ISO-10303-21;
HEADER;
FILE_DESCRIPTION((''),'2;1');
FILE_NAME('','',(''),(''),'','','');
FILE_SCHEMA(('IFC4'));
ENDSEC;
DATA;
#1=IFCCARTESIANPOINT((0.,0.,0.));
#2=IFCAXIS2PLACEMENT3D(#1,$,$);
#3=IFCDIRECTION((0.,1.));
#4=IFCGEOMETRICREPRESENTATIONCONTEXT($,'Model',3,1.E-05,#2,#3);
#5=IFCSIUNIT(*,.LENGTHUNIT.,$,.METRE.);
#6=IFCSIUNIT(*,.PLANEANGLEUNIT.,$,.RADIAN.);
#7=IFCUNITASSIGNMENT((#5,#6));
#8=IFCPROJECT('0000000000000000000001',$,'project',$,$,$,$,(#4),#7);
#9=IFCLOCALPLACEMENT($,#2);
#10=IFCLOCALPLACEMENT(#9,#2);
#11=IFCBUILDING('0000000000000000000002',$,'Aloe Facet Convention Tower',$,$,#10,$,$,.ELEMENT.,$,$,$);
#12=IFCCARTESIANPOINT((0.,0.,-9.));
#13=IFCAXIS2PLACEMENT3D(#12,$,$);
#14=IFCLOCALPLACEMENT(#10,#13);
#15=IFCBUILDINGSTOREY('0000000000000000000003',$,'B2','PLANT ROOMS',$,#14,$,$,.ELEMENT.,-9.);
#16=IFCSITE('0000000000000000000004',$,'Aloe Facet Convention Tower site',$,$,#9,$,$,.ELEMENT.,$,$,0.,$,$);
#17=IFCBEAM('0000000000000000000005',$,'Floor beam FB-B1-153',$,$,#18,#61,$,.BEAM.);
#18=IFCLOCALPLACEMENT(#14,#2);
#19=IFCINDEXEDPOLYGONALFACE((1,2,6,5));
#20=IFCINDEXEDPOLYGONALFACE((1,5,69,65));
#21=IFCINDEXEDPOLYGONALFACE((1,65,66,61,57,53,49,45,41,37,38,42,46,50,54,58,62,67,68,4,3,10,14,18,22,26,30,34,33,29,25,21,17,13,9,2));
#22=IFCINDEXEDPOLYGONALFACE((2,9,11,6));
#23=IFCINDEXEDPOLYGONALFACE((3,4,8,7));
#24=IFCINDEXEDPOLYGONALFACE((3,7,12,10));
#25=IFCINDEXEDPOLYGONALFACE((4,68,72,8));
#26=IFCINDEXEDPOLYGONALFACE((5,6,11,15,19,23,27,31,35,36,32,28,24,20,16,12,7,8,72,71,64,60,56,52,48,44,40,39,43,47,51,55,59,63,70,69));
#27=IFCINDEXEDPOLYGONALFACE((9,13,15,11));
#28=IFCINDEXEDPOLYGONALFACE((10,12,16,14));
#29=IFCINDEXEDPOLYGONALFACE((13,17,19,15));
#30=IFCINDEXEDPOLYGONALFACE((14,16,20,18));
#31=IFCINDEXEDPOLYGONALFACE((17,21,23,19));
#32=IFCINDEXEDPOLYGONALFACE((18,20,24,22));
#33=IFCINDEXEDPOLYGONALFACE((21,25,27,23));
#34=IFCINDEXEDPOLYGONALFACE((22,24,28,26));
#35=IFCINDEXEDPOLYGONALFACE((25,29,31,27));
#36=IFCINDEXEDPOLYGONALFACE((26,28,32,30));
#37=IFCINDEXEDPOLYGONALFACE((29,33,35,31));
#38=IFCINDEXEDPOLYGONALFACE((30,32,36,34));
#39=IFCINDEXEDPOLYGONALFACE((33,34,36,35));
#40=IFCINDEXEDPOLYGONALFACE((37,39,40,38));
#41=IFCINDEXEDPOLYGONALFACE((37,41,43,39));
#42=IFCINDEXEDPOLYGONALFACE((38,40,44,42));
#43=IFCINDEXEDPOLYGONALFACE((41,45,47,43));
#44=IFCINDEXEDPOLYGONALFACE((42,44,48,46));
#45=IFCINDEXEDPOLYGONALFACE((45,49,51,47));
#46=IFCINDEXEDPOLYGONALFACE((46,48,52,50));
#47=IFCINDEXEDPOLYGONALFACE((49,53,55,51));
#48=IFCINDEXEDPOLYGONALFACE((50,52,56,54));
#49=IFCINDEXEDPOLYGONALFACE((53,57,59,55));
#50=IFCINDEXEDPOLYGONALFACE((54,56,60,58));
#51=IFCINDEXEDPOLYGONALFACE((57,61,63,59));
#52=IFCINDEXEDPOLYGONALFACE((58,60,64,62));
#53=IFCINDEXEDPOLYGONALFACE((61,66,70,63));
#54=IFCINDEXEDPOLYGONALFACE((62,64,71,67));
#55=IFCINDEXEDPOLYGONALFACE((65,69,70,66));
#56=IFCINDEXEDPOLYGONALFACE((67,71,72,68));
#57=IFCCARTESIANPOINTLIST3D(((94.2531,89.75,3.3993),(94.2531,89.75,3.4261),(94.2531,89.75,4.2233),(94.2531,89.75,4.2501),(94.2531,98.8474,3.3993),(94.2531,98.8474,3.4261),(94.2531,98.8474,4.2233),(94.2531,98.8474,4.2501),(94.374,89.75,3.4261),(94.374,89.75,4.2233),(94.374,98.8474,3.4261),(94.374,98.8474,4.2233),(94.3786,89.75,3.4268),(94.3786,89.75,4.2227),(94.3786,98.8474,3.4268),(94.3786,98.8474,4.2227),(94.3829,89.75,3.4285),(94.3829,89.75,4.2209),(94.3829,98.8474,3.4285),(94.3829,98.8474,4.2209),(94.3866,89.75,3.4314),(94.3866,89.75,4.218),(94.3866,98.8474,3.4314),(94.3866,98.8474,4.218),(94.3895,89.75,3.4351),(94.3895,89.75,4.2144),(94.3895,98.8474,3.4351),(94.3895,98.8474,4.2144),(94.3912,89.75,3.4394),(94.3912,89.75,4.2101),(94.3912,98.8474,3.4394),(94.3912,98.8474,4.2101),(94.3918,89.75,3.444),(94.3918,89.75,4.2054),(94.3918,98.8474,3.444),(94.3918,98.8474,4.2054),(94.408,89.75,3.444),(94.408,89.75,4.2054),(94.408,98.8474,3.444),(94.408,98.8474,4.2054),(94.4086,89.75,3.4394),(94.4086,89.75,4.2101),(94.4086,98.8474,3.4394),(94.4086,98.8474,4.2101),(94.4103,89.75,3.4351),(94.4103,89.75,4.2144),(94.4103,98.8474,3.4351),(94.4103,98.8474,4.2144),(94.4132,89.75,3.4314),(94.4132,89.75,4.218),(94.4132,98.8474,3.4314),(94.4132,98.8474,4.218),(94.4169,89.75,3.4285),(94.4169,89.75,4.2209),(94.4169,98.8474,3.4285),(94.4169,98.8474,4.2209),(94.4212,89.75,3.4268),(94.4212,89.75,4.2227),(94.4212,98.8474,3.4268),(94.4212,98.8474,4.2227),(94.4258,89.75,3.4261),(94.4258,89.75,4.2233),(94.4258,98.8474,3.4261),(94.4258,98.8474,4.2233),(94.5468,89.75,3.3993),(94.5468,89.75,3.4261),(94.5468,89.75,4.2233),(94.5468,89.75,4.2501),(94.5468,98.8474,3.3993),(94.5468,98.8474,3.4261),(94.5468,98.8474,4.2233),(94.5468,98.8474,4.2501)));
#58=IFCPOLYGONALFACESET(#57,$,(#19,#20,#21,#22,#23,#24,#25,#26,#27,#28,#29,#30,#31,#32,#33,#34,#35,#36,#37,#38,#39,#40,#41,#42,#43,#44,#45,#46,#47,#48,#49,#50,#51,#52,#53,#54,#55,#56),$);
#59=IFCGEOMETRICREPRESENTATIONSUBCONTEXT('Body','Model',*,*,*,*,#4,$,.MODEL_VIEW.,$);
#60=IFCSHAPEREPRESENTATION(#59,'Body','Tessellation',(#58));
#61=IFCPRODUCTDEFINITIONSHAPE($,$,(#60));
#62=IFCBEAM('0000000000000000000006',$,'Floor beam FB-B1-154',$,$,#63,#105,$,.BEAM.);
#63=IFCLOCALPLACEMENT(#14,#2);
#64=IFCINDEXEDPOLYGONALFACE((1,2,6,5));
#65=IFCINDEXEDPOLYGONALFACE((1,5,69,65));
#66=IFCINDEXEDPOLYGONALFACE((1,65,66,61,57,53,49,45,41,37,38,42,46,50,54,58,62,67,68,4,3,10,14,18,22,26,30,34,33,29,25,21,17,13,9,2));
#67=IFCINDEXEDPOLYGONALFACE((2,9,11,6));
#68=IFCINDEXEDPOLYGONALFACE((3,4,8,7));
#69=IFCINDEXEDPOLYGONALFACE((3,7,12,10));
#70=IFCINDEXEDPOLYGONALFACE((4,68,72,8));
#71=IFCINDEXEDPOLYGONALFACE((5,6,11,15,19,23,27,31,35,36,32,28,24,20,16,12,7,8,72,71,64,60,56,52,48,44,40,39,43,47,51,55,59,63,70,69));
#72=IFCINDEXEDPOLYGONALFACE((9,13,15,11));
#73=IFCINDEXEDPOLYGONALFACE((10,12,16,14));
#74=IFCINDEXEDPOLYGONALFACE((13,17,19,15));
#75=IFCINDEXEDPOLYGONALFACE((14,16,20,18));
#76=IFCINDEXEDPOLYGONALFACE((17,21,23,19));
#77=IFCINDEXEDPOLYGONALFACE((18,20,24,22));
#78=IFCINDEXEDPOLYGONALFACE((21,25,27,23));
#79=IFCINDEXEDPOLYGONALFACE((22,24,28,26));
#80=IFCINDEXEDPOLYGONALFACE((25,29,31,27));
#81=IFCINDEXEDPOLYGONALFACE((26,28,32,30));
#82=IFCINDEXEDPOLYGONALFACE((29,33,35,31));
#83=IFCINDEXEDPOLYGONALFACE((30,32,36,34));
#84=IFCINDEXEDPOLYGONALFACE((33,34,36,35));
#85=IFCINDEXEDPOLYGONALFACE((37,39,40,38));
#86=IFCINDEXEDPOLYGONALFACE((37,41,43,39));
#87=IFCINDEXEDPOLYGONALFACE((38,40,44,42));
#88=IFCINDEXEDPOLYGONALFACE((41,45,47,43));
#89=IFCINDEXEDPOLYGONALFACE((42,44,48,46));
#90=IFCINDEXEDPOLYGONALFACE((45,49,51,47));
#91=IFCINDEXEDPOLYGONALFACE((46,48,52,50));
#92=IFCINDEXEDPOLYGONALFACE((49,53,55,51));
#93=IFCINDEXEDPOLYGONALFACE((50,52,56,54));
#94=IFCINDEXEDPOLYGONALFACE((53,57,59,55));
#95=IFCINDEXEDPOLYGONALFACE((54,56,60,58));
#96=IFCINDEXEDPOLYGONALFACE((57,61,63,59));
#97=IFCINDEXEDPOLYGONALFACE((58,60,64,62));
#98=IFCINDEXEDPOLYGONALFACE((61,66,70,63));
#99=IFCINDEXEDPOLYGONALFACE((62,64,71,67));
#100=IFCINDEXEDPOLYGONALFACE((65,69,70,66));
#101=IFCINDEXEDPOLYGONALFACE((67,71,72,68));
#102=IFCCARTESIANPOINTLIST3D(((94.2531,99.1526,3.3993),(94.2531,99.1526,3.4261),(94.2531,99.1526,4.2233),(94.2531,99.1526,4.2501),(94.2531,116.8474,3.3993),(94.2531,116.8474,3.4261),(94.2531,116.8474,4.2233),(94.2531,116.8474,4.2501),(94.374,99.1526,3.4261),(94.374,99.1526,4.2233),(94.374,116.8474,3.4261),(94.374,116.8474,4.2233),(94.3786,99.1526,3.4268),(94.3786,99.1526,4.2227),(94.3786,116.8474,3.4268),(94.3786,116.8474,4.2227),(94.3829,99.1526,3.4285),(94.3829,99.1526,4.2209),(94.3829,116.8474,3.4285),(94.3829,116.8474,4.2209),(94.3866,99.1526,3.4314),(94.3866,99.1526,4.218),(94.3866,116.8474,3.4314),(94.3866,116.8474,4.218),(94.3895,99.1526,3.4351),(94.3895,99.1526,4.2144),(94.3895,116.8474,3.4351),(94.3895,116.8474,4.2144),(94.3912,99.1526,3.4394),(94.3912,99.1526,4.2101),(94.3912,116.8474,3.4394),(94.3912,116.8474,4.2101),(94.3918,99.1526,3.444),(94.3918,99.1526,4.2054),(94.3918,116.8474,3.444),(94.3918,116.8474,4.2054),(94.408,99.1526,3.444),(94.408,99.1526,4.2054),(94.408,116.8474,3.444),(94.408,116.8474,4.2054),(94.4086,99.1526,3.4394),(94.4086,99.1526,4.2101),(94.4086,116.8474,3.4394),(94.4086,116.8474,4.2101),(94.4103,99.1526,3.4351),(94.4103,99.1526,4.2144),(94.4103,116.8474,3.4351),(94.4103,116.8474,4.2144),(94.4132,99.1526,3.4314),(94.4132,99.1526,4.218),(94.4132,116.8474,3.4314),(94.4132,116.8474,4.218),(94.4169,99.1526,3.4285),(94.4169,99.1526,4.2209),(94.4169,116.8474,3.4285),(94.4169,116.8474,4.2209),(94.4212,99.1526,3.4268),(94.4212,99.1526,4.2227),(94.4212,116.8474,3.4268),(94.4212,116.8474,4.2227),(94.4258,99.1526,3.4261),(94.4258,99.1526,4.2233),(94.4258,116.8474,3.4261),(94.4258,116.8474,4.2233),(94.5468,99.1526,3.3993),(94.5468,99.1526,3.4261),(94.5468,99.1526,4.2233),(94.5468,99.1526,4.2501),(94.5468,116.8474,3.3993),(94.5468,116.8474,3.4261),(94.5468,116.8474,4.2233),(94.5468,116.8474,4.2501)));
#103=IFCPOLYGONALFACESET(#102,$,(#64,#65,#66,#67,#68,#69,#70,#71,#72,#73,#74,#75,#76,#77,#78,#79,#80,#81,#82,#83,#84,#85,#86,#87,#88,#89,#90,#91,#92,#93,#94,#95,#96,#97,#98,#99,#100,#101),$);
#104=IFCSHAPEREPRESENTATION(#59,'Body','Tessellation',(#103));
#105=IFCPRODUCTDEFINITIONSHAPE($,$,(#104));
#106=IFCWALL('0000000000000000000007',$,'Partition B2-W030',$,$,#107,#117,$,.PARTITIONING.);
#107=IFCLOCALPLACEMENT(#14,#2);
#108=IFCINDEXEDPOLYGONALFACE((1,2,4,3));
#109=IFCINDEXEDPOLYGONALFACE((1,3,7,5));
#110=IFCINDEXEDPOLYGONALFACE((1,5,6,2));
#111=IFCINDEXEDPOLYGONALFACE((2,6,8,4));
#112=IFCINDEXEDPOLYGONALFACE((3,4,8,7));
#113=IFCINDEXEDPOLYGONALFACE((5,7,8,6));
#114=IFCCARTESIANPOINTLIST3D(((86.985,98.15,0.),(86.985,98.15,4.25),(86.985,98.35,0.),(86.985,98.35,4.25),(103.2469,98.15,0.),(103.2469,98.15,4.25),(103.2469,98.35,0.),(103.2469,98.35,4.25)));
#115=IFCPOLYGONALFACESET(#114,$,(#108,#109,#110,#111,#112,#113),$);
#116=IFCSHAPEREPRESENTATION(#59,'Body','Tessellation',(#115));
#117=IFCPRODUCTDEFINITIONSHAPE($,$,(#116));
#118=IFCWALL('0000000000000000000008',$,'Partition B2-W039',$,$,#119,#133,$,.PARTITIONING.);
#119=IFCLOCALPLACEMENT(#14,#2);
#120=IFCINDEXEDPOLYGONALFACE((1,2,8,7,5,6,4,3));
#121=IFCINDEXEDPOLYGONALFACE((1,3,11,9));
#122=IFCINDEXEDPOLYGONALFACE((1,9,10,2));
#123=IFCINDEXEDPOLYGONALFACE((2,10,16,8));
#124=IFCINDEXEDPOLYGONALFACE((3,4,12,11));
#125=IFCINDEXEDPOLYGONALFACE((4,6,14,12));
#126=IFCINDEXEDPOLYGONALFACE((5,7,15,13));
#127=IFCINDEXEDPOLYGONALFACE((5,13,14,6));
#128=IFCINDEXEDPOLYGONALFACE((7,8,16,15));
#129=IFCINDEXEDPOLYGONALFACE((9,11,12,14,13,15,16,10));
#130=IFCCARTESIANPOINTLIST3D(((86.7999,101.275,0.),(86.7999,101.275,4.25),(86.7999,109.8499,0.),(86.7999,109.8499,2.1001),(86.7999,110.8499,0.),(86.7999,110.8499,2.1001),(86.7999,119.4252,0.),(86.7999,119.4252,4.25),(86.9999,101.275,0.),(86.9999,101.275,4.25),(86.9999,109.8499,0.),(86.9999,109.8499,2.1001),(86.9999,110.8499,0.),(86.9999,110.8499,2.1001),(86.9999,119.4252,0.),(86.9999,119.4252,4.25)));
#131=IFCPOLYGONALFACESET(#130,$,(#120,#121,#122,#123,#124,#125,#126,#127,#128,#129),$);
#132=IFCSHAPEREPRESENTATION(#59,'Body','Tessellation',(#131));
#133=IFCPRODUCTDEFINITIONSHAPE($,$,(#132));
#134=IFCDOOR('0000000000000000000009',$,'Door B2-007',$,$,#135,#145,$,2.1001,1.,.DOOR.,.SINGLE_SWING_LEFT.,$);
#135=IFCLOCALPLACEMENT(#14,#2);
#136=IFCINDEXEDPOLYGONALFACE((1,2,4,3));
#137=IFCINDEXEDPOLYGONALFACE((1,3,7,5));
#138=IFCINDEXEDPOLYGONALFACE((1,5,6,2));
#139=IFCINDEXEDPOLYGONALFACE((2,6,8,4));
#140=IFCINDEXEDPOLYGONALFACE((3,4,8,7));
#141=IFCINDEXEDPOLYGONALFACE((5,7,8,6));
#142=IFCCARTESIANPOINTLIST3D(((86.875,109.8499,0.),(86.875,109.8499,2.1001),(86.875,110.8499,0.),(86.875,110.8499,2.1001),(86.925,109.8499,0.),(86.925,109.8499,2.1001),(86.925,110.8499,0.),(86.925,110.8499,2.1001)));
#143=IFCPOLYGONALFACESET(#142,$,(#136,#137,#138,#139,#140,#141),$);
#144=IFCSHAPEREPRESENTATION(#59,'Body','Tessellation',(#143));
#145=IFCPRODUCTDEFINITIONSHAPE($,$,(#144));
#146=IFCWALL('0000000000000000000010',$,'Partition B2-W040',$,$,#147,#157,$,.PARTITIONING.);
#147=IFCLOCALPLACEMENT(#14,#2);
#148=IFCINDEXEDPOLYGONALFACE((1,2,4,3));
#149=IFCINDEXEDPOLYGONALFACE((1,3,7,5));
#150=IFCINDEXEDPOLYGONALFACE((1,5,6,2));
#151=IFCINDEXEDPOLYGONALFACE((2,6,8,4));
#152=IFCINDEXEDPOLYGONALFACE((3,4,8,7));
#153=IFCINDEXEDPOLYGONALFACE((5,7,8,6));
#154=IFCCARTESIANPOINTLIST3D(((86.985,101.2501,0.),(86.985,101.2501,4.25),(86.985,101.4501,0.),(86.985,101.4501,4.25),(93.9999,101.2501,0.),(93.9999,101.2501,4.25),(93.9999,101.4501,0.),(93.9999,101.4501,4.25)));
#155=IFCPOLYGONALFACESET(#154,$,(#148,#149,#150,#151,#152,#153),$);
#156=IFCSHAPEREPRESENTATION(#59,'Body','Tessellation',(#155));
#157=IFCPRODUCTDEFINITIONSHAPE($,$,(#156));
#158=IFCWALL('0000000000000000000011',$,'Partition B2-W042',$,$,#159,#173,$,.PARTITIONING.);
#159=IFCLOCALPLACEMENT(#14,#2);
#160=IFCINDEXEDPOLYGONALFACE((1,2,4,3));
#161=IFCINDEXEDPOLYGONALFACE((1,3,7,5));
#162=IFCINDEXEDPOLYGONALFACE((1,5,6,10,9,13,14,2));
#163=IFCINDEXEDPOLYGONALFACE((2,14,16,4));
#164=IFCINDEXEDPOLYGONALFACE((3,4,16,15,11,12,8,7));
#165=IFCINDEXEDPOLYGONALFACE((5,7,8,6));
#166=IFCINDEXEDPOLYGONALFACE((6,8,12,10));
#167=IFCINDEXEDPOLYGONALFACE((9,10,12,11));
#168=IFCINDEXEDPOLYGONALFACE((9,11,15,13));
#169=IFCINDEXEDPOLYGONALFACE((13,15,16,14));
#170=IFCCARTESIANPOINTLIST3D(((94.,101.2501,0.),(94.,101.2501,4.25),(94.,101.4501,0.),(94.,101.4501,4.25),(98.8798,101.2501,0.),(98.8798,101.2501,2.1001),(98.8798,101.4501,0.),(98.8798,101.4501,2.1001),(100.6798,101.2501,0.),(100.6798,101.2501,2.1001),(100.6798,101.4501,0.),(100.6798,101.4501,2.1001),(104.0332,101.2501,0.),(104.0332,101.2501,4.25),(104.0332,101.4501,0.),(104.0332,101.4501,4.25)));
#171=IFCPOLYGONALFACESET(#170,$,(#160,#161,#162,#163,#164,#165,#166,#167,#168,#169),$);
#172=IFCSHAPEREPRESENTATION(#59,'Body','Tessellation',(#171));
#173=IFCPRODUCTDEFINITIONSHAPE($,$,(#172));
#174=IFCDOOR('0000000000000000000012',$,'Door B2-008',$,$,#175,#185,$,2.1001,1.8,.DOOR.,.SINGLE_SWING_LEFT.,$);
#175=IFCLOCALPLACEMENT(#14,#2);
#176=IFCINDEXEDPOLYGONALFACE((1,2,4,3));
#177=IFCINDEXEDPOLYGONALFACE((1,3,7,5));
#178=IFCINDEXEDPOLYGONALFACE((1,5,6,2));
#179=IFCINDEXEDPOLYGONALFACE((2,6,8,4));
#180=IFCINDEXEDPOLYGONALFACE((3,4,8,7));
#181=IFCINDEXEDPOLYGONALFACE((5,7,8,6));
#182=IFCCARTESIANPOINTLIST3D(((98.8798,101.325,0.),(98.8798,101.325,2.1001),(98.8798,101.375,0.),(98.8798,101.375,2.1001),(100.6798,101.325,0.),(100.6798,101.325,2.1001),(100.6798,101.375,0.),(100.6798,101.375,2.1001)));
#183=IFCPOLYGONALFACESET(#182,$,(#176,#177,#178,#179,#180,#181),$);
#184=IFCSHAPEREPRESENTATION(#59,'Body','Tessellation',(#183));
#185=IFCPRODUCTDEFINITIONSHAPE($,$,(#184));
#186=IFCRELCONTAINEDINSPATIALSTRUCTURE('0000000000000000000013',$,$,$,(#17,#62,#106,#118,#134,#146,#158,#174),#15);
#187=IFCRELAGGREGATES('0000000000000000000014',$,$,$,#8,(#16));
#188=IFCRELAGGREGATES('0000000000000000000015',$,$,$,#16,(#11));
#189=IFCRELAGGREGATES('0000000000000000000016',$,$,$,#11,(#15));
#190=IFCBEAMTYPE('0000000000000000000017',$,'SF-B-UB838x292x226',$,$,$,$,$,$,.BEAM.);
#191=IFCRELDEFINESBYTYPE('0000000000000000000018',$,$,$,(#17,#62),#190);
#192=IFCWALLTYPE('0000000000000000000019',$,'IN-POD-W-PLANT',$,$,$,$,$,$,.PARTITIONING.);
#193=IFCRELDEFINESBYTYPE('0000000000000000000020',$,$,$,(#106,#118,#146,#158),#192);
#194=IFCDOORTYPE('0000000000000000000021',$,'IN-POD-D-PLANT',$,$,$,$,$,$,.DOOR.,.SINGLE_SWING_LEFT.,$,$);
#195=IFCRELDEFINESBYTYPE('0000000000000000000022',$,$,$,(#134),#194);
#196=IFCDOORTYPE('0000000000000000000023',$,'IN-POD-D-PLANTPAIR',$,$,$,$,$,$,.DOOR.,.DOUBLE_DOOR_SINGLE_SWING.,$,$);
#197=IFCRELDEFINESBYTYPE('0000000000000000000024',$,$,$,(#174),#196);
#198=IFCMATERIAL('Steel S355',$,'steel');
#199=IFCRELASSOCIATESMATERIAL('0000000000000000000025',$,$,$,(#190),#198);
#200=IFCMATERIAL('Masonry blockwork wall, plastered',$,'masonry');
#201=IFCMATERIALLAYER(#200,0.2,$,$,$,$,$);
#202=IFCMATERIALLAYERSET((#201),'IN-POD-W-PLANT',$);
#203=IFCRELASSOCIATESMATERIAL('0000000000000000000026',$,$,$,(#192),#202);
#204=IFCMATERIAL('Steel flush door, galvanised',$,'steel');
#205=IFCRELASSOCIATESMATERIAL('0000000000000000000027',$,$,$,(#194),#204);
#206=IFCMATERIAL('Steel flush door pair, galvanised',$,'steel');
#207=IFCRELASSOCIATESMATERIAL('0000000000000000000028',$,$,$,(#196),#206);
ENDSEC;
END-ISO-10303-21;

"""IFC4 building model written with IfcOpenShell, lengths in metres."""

from ifc_helpers import new_model, si_unit, direction, frame, frame_2d, origin, origin_2d, place, context, subcontext, project, spatial, rectangle, i_section, extrude, material, layer, layer_set, material_profile, profile_set, type_object, element, fill, save


model = new_model("IFC4")

# Units and contexts
model_context = context("Model", 3, precision=1e-05, world=origin(), true_north=direction((0.0, 1.0)))
body_context = subcontext(model_context, "Body", "Model", "MODEL_VIEW")
ifc_project = project(units=[si_unit("LENGTHUNIT", "METRE"), si_unit("PLANEANGLEUNIT", "RADIAN")], contexts=[model_context])

# Site, building, storey
site_placement = place(None, origin())
site = spatial("IfcSite", under=ifc_project, at=site_placement, Name="Aloe Facet Convention Tower site", CompositionType="ELEMENT", RefElevation=0.0)
building_placement = place(site_placement, origin())
building = spatial("IfcBuilding", under=site, at=building_placement, Name="Aloe Facet Convention Tower", CompositionType="ELEMENT")
storey_placement = place(building_placement, frame((0.0, 0.0, -9.0)))
storey = spatial("IfcBuildingStorey", under=building, at=storey_placement, Name="B2", Description="PLANT ROOMS", CompositionType="ELEMENT", Elevation=-9.0)

# Beams
ifc_material_1 = material(Name="Steel S355", Category="steel")
ifc_material_profile_1 = material_profile(ifc_material_1, i_section(OverallWidth=0.2937, OverallDepth=0.8508, WebThickness=0.0161, FlangeThickness=0.0269, FilletRadius=0.0178, at=origin_2d()), Name="UB 838x292x226")
ifc_profile_set_1 = profile_set([ifc_material_profile_1], Name="Steel S355")
beam_type_1 = type_object("IfcBeamType", Name="SF-B-UB838x292x226", PredefinedType="BEAM", material=ifc_profile_set_1)
beam_1_placement = place(storey_placement, frame((94.3999, 89.75, 3.8247), z_axis=(0.0, 1.0, 0.0), x_axis=(-1.0, 0.0, 0.0)))
element("IfcBeam", 1, at=beam_1_placement, inside=storey, type_object=beam_type_1, Name="Floor beam FB-B1-153", PredefinedType="BEAM", context=body_context, shape_type="SweptSolid", body=[
    extrude(i_section(OverallWidth=0.2937, OverallDepth=0.8508, WebThickness=0.0161, FlangeThickness=0.0269, FilletRadius=0.0178, at=origin_2d()), origin(), (0.0, 0.0, 1.0), 9.0974),
])
beam_2_placement = place(storey_placement, frame((94.3999, 99.1526, 3.8247), z_axis=(0.0, 1.0, 0.0), x_axis=(-1.0, 0.0, 0.0)))
element("IfcBeam", 2, at=beam_2_placement, inside=storey, type_object=beam_type_1, Name="Floor beam FB-B1-154", PredefinedType="BEAM", context=body_context, shape_type="SweptSolid", body=[
    extrude(i_section(OverallWidth=0.2937, OverallDepth=0.8508, WebThickness=0.0161, FlangeThickness=0.0269, FilletRadius=0.0178, at=origin_2d()), origin(), (0.0, 0.0, 1.0), 17.6948),
])

# Wall
ifc_material_2 = material(Name="Masonry blockwork wall, plastered", Category="masonry")
ifc_layer = layer(ifc_material_2, 0.2)
ifc_layer_set = layer_set([ifc_layer], Name="IN-POD-W-PLANT")
wall_type = type_object("IfcWallType", Name="IN-POD-W-PLANT", PredefinedType="PARTITIONING", material=ifc_layer_set)
wall_1_placement = place(storey_placement, frame((86.9851, 98.25, 0.0), z_axis=(0.0, 0.0, 1.0), x_axis=(1.0, 0.0, 0.0)))
element("IfcWall", 3, at=wall_1_placement, inside=storey, type_object=wall_type, Name="Partition B2-W030", PredefinedType="PARTITIONING", context=body_context, shape_type="SweptSolid", body=[
    extrude(rectangle(XDim=16.262, YDim=0.2, at=frame_2d((8.1309, 0.0))), origin(), (0.0, 0.0, 1.0), 4.25),
])

# Wall, opening, door
wall_2_placement = place(storey_placement, frame((86.8999, 101.2749, 0.0), z_axis=(0.0, 0.0, 1.0), x_axis=(0.0, 1.0, 0.0)))
wall_2 = element("IfcWall", 4, at=wall_2_placement, inside=storey, type_object=wall_type, Name="Partition B2-W039", PredefinedType="PARTITIONING", context=body_context, shape_type="SweptSolid", body=[
    extrude(rectangle(XDim=18.1501, YDim=0.2, at=frame_2d((9.0752, 0.0))), origin(), (0.0, 0.0, 1.0), 4.25),
])
opening_1_placement = place(wall_2_placement, frame((8.575, 0.0, 0.0)))
opening_1 = element("IfcOpeningElement", 5, at=opening_1_placement, cuts=wall_2, PredefinedType="OPENING", context=body_context, shape_type="SweptSolid", body=[
    extrude(rectangle(XDim=1.0, YDim=2.1001, at=frame_2d((0.5, 1.05))), frame((0.0, 0.1099, 0.0), z_axis=(0.0, -1.0, 0.0), x_axis=(1.0, 0.0, 0.0)), (0.0, 0.0, 1.0), 0.22),
])
ifc_material_3 = material(Name="Steel flush door, galvanised", Category="steel")
door_type_1 = type_object("IfcDoorType", Name="IN-POD-D-PLANT", OperationType="SINGLE_SWING_LEFT", PredefinedType="DOOR", material=ifc_material_3)
door_1_placement = place(opening_1_placement, origin())
door_1 = element("IfcDoor", 6, at=door_1_placement, inside=storey, type_object=door_type_1, Name="Door B2-007", OperationType="SINGLE_SWING_LEFT", OverallHeight=2.1001, OverallWidth=1.0, PredefinedType="DOOR", context=body_context, shape_type="SweptSolid", body=[
    extrude(rectangle(XDim=1.0, YDim=2.1001, at=frame_2d((0.5, 1.05))), frame((0.0, 0.0249, 0.0), z_axis=(0.0, -1.0, 0.0), x_axis=(1.0, 0.0, 0.0)), (0.0, 0.0, 1.0), 0.05),
])
fill(opening_1, door_1)

# Wall
wall_3_placement = place(storey_placement, frame((86.9851, 101.3501, 0.0), z_axis=(0.0, 0.0, 1.0), x_axis=(1.0, 0.0, 0.0)))
element("IfcWall", 7, at=wall_3_placement, inside=storey, type_object=wall_type, Name="Partition B2-W040", PredefinedType="PARTITIONING", context=body_context, shape_type="SweptSolid", body=[
    extrude(rectangle(XDim=7.0149, YDim=0.2, at=frame_2d((3.5073, 0.0))), origin(), (0.0, 0.0, 1.0), 4.25),
])

# Wall, opening, door
wall_4_placement = place(storey_placement, frame((94.0, 101.3501, 0.0), z_axis=(0.0, 0.0, 1.0), x_axis=(1.0, 0.0, 0.0)))
wall_4 = element("IfcWall", 8, at=wall_4_placement, inside=storey, type_object=wall_type, Name="Partition B2-W042", PredefinedType="PARTITIONING", context=body_context, shape_type="SweptSolid", body=[
    extrude(rectangle(XDim=10.0332, YDim=0.2, at=frame_2d((5.0166, 0.0))), origin(), (0.0, 0.0, 1.0), 4.25),
])
opening_2_placement = place(wall_4_placement, frame((4.8799, 0.0, 0.0)))
opening_2 = element("IfcOpeningElement", 9, at=opening_2_placement, cuts=wall_4, PredefinedType="OPENING", context=body_context, shape_type="SweptSolid", body=[
    extrude(rectangle(XDim=1.8, YDim=2.1001, at=frame_2d((0.8999, 1.05))), frame((0.0, 0.1099, 0.0), z_axis=(0.0, -1.0, 0.0), x_axis=(1.0, 0.0, 0.0)), (0.0, 0.0, 1.0), 0.22),
])
ifc_material_4 = material(Name="Steel flush door pair, galvanised", Category="steel")
door_type_2 = type_object("IfcDoorType", Name="IN-POD-D-PLANTPAIR", OperationType="DOUBLE_DOOR_SINGLE_SWING", PredefinedType="DOOR", material=ifc_material_4)
door_2_placement = place(opening_2_placement, origin())
door_2 = element("IfcDoor", 10, at=door_2_placement, inside=storey, type_object=door_type_2, Name="Door B2-008", OperationType="SINGLE_SWING_LEFT", OverallHeight=2.1001, OverallWidth=1.8, PredefinedType="DOOR", context=body_context, shape_type="SweptSolid", body=[
    extrude(rectangle(XDim=1.8, YDim=2.1001, at=frame_2d((0.8999, 1.05))), frame((0.0, 0.0249, 0.0), z_axis=(0.0, -1.0, 0.0), x_axis=(1.0, 0.0, 0.0)), (0.0, 0.0, 1.0), 0.05),
])
fill(opening_2, door_2)

save(model, "model.ifc")
